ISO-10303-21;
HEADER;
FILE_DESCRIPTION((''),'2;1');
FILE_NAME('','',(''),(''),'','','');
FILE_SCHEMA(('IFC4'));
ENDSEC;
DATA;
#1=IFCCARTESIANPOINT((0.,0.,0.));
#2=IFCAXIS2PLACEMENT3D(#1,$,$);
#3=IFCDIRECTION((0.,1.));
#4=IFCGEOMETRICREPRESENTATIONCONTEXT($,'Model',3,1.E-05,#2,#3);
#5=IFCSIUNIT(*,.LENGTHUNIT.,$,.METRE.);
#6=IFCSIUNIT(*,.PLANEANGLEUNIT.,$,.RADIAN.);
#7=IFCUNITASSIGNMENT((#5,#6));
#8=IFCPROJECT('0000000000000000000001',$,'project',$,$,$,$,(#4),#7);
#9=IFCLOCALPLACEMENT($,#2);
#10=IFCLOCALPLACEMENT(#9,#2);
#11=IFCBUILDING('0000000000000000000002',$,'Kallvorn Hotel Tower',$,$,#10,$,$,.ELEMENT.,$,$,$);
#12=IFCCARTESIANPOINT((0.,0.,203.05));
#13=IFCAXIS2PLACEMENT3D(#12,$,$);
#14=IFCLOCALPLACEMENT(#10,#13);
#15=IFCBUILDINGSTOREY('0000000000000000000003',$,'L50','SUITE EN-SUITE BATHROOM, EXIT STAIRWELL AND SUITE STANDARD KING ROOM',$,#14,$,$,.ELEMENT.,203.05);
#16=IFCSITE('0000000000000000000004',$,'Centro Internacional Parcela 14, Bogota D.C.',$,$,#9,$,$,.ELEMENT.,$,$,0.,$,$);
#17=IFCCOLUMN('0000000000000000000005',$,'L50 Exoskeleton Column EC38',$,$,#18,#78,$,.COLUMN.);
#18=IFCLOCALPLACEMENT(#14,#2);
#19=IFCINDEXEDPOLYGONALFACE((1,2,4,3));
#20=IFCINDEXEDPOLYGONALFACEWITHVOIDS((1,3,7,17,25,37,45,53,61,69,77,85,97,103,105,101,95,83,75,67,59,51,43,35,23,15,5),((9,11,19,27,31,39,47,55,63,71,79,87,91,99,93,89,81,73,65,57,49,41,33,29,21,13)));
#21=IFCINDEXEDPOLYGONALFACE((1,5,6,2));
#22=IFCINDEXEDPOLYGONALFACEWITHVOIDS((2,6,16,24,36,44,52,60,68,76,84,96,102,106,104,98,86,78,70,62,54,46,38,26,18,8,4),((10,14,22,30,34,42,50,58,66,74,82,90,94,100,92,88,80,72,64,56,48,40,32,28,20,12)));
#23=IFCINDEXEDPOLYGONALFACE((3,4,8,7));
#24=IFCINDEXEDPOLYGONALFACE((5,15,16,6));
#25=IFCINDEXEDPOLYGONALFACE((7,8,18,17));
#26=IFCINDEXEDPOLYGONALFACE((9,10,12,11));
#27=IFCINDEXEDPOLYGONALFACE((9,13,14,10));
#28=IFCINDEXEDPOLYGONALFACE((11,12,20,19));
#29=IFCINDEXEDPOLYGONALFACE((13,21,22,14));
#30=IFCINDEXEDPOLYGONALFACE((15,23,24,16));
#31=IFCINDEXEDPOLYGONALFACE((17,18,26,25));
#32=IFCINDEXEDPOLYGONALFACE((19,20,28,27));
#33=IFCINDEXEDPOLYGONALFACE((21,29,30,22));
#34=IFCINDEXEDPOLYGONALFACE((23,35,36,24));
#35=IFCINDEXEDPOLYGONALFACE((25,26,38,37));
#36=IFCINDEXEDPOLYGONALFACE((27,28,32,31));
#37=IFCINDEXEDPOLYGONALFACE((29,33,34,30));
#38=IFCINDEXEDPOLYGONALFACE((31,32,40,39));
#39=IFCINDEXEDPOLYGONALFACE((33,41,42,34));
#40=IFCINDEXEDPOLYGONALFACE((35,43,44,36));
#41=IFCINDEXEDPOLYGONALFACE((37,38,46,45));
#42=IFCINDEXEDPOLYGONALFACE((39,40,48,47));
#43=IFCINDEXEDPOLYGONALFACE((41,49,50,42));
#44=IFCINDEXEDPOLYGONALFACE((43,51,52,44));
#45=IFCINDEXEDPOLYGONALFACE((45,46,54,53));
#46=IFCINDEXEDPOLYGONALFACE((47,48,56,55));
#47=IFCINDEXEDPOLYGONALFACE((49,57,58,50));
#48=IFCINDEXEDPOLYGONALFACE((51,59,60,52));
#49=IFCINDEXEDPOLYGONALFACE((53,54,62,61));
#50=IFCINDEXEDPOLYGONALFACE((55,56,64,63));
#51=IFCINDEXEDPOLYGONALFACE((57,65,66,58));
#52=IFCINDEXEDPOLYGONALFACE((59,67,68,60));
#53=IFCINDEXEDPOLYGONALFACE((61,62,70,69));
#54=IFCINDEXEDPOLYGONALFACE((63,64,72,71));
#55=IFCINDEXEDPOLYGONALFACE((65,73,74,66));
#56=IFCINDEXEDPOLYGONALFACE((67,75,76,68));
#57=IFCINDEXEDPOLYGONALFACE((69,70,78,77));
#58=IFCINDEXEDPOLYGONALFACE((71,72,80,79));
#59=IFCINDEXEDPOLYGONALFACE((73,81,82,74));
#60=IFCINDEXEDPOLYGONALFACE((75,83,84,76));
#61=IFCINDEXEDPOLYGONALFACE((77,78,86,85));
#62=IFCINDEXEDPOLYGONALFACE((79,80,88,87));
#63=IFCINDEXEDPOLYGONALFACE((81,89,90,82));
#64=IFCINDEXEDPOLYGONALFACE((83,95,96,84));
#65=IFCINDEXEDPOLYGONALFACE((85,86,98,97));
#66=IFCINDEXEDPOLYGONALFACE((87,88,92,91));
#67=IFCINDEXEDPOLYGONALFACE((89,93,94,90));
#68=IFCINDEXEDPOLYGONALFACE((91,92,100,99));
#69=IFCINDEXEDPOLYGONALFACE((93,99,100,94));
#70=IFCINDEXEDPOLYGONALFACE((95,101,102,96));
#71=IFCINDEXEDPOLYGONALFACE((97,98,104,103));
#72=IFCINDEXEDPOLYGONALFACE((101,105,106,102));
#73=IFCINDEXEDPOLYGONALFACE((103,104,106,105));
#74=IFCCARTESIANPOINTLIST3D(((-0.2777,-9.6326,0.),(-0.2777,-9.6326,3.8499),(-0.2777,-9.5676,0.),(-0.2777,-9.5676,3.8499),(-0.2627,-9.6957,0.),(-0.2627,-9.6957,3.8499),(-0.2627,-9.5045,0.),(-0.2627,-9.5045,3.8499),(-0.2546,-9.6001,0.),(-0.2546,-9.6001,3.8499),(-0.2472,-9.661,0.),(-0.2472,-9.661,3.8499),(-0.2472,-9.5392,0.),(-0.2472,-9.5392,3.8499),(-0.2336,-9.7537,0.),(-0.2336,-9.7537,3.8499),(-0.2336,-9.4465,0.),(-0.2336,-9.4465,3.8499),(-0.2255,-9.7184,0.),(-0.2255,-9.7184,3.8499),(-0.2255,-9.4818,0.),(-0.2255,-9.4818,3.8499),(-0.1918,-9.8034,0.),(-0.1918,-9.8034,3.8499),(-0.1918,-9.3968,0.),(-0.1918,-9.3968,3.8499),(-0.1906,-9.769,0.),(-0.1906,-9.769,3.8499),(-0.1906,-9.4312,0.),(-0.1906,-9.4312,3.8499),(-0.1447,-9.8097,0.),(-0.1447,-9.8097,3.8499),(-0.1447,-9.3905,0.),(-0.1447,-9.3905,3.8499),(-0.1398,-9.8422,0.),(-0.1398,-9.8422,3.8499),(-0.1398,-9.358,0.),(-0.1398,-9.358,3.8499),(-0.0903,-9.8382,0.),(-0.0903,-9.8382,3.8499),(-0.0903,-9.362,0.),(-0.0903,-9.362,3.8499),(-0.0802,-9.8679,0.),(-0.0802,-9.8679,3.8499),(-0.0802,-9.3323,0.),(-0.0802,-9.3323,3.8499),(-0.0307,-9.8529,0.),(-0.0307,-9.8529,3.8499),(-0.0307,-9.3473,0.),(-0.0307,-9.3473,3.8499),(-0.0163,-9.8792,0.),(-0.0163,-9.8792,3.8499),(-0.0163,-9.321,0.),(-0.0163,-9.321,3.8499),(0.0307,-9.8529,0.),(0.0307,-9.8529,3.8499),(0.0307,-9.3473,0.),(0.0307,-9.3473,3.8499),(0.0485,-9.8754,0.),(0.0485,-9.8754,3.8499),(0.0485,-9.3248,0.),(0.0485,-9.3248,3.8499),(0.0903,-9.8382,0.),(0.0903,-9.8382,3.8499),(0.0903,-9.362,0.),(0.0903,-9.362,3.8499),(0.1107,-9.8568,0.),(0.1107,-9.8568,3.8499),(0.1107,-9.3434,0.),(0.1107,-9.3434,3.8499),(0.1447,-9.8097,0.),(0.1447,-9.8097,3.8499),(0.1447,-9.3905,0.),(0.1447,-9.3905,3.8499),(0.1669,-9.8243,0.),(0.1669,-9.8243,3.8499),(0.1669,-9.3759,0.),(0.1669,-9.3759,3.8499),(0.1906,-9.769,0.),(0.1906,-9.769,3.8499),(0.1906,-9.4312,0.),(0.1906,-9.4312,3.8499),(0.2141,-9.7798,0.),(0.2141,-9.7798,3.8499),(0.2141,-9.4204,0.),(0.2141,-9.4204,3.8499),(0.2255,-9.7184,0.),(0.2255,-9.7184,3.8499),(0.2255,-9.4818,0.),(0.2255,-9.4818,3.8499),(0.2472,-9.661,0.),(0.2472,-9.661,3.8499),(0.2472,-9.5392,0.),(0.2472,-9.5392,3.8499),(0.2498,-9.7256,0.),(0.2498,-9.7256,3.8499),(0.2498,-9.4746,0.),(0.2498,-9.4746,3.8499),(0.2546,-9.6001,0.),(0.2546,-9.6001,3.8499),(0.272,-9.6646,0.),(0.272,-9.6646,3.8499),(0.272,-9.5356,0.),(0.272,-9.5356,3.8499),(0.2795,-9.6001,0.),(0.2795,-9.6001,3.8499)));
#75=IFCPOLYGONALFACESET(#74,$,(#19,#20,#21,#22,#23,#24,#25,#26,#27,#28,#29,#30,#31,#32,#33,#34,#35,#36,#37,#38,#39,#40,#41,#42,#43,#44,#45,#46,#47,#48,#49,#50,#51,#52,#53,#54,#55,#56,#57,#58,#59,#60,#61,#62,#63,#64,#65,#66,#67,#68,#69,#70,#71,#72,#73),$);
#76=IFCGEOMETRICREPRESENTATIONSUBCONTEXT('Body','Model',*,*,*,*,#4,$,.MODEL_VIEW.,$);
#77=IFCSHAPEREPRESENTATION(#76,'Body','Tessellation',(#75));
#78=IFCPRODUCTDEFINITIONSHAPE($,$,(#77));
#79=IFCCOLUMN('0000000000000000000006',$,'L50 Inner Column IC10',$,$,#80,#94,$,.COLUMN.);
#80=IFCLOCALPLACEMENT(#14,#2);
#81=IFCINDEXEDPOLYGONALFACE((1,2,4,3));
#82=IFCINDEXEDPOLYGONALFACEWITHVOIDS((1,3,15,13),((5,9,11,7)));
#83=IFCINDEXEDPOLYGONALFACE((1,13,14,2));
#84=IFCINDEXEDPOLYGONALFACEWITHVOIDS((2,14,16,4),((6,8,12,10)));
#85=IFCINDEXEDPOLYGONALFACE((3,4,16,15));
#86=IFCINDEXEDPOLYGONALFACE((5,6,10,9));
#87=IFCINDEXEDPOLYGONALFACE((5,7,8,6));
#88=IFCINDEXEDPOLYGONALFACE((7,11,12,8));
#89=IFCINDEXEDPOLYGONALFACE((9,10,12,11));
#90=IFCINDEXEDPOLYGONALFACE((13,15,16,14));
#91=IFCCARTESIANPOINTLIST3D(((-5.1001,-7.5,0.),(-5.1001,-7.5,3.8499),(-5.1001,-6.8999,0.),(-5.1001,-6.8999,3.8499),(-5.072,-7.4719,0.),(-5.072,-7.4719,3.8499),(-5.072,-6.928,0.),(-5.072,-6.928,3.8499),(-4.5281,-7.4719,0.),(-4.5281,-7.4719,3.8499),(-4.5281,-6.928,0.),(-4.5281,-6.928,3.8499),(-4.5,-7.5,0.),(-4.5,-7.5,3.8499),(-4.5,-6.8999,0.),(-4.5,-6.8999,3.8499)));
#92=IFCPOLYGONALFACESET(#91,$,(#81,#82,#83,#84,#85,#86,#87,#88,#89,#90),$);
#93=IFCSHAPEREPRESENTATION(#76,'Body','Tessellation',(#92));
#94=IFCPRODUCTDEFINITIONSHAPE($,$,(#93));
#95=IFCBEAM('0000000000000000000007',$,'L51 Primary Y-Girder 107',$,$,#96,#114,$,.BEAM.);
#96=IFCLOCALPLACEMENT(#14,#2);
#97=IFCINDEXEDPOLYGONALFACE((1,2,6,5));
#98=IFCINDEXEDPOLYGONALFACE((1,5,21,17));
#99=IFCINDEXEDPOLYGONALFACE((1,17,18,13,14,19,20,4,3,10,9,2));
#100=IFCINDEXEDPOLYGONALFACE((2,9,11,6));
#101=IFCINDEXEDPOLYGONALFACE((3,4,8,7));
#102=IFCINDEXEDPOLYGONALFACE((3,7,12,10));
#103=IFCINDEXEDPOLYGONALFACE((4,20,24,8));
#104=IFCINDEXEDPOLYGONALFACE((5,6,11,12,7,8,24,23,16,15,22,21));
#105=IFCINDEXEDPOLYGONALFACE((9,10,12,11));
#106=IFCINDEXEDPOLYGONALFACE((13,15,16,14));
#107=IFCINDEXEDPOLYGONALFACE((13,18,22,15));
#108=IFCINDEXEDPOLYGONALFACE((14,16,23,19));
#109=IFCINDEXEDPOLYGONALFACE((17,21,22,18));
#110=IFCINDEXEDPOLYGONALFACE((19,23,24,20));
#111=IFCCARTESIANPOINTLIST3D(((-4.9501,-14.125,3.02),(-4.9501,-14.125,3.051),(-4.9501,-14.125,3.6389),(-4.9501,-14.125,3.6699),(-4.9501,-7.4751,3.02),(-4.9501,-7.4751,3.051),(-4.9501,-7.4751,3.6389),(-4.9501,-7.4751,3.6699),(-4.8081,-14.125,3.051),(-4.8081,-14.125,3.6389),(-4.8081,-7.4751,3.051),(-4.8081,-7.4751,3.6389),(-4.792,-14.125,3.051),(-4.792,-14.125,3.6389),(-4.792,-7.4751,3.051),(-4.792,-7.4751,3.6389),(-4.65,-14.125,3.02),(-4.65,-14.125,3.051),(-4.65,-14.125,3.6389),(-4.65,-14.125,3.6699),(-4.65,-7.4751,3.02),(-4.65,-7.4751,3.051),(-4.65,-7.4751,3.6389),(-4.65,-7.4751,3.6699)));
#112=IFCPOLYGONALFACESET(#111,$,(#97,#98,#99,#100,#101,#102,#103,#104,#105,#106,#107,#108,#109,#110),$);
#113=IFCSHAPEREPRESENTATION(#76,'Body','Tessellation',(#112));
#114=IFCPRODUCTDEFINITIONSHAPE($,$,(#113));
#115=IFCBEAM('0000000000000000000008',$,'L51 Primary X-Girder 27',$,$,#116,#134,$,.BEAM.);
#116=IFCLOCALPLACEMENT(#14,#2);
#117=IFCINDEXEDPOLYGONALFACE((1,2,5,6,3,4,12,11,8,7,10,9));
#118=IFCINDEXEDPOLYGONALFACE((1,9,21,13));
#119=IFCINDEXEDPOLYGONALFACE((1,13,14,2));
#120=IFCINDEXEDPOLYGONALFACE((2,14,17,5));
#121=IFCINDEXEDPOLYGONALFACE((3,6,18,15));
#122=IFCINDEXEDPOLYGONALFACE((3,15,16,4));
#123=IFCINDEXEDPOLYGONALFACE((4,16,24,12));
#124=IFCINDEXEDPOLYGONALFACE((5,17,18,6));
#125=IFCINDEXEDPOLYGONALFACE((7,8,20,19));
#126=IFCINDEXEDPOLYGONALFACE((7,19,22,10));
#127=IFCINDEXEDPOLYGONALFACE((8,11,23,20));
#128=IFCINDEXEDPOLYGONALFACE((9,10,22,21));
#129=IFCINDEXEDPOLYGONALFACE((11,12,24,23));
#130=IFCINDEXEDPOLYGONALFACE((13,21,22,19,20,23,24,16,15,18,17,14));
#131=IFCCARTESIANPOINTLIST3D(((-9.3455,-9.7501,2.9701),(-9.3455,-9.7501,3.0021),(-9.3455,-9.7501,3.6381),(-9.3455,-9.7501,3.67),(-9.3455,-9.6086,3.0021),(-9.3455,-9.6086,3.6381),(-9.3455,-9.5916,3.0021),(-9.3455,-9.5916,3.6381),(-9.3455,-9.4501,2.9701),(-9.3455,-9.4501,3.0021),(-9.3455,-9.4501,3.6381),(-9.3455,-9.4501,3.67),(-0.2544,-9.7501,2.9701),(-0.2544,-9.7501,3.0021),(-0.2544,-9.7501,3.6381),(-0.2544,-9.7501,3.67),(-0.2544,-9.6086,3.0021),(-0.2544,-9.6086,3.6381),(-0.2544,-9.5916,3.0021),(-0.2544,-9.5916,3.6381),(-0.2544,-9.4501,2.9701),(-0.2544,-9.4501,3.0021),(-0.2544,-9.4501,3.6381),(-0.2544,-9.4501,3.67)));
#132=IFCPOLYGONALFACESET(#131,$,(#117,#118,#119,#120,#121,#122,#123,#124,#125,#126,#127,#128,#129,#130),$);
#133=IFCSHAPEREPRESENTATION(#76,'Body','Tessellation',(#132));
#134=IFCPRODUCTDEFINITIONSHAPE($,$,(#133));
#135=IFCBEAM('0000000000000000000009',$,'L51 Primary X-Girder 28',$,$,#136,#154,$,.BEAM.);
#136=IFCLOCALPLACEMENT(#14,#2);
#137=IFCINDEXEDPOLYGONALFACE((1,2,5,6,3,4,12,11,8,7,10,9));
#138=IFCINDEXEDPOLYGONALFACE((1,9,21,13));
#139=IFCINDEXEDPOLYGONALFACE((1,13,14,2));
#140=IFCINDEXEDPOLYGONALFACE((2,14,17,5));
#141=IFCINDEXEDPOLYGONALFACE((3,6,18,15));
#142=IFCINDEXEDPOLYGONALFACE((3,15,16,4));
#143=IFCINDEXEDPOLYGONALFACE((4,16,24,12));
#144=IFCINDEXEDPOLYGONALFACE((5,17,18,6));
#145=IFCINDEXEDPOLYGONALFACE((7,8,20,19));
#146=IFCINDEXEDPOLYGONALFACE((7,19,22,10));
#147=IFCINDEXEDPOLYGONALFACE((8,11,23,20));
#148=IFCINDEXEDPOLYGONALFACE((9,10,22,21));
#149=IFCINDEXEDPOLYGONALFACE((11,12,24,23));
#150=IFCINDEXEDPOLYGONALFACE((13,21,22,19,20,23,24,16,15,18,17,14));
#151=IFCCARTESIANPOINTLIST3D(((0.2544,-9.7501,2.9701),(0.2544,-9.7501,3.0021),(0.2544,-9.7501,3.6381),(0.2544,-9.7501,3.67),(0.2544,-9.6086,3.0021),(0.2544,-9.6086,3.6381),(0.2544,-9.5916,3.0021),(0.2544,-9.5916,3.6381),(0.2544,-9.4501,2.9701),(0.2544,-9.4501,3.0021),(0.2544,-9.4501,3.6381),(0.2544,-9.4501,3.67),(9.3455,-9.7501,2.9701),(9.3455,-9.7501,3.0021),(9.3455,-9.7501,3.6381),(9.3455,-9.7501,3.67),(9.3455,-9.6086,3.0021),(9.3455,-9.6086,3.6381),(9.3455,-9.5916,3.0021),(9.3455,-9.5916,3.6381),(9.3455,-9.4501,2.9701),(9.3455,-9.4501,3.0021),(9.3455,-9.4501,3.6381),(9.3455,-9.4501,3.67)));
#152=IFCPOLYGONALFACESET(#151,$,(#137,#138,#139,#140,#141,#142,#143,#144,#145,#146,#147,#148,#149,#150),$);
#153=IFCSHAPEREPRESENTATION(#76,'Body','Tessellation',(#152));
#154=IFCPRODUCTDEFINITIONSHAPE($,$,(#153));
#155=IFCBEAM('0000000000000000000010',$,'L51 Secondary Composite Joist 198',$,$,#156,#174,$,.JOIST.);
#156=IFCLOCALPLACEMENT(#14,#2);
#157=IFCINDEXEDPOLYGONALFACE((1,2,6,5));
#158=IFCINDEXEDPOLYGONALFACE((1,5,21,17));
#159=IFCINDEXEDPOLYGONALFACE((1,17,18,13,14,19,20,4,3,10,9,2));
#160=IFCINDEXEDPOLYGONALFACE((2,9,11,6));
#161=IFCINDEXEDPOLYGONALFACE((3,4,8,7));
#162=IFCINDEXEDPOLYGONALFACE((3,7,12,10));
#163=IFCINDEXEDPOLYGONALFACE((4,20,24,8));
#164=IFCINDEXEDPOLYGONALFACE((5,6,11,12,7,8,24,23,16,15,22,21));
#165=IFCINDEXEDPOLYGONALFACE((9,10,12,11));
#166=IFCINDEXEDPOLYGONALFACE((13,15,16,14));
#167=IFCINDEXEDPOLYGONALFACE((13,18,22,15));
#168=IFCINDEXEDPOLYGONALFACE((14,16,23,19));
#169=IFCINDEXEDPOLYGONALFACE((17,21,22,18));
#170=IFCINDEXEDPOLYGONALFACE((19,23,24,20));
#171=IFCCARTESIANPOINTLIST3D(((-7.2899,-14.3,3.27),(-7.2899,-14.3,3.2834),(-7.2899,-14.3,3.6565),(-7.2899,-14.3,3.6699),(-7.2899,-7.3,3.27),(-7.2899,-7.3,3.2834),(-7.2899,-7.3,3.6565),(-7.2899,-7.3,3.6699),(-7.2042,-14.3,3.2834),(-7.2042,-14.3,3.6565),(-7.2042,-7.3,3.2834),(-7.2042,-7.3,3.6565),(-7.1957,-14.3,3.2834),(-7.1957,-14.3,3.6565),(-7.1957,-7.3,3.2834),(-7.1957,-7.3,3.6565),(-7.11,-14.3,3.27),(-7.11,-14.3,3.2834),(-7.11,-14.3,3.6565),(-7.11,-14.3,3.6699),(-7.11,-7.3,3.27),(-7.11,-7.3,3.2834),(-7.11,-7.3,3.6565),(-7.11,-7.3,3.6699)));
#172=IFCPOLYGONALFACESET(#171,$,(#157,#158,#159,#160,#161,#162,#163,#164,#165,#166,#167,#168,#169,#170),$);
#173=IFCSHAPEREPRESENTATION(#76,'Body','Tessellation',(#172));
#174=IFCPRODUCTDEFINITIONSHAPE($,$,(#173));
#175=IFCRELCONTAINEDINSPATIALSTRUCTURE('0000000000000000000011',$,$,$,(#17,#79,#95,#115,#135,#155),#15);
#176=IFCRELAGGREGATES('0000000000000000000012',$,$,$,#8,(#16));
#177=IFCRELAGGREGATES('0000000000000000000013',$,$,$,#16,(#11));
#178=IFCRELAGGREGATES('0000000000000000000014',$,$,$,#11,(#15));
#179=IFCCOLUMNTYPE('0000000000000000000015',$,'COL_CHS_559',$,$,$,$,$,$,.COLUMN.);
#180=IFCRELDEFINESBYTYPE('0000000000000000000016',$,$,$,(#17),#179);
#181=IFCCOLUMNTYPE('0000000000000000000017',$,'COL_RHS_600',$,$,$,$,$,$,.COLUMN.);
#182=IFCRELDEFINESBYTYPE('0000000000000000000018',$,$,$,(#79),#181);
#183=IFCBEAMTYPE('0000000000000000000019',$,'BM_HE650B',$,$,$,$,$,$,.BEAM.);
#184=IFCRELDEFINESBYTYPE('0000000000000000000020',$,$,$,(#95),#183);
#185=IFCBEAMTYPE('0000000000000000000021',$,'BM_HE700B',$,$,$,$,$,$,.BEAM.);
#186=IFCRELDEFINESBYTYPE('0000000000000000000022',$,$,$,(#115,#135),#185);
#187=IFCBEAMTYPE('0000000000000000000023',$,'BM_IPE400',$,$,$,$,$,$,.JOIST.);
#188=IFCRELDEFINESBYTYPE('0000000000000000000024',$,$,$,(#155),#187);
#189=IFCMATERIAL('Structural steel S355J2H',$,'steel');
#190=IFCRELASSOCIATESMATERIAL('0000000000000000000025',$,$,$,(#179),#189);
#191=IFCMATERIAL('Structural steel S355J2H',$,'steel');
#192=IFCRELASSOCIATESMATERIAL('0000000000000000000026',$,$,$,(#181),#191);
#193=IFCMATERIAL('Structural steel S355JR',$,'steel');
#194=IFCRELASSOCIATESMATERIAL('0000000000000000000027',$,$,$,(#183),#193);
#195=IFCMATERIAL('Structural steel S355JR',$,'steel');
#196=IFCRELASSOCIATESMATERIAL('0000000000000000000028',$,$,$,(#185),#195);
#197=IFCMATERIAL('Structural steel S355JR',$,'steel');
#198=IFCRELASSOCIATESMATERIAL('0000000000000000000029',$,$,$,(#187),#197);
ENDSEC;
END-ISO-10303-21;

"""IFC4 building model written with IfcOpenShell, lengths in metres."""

from ifc_helpers import new_model, si_unit, direction, frame, origin, origin_2d, place, context, subcontext, project, spatial, hollow_rectangle, hollow_circle, i_section, extrude, material, material_profile, profile_set, type_object, element, save


model = new_model("IFC4")

# Units and contexts
model_context = context("Model", 3, precision=1e-05, world=origin(), true_north=direction((0.0, 1.0)))
body_context = subcontext(model_context, "Body", "Model", "MODEL_VIEW")
ifc_project = project(units=[si_unit("LENGTHUNIT", "METRE"), si_unit("PLANEANGLEUNIT", "RADIAN")], contexts=[model_context])

# Site, building, storey
site_placement = place(None, origin())
site = spatial("IfcSite", under=ifc_project, at=site_placement, Name="Centro Internacional Parcela 14, Bogota D.C.", CompositionType="ELEMENT", RefElevation=0.0)
building_placement = place(site_placement, origin())
building = spatial("IfcBuilding", under=site, at=building_placement, Name="Kallvorn Hotel Tower", CompositionType="ELEMENT")
storey_placement = place(building_placement, frame((0.0, 0.0, 203.05)))
storey = spatial("IfcBuildingStorey", under=building, at=storey_placement, Name="L50", Description="SUITE EN-SUITE BATHROOM, EXIT STAIRWELL AND SUITE STANDARD KING ROOM", CompositionType="ELEMENT", Elevation=203.05)

# Columns
ifc_material_1 = material(Name="Structural steel S355J2H", Category="steel")
ifc_material_profile_1 = material_profile(ifc_material_1, hollow_circle(Radius=0.2795, WallThickness=0.0249, at=origin_2d()), Name="CHS 559x25")
ifc_profile_set_1 = profile_set([ifc_material_profile_1], Name="Structural steel S355J2H")
column_type_1 = type_object("IfcColumnType", Name="COL_CHS_559", PredefinedType="COLUMN", material=ifc_profile_set_1)
column_1_placement = place(storey_placement, frame((0.0, -9.6001, 0.0), z_axis=(0.0, 0.0, 1.0), x_axis=(1.0, 0.0, 0.0)))
element("IfcColumn", 1, at=column_1_placement, inside=storey, type_object=column_type_1, Name="L50 Exoskeleton Column EC38", PredefinedType="COLUMN", context=body_context, shape_type="SweptSolid", body=[
    extrude(hollow_circle(Radius=0.2795, WallThickness=0.0249, at=origin_2d()), origin(), (0.0, 0.0, 1.0), 3.8499),
])
ifc_material_2 = material(Name="Structural steel S355J2H", Category="steel")
ifc_material_profile_2 = material_profile(ifc_material_2, hollow_rectangle(XDim=0.6001, YDim=0.6001, WallThickness=0.0281, at=origin_2d()), Name="RHS 600x600x28")
ifc_profile_set_2 = profile_set([ifc_material_profile_2], Name="Structural steel S355J2H")
column_type_2 = type_object("IfcColumnType", Name="COL_RHS_600", PredefinedType="COLUMN", material=ifc_profile_set_2)
column_2_placement = place(storey_placement, frame((-4.8, -7.2, 0.0), z_axis=(0.0, 0.0, 1.0), x_axis=(1.0, 0.0, 0.0)))
element("IfcColumn", 2, at=column_2_placement, inside=storey, type_object=column_type_2, Name="L50 Inner Column IC10", PredefinedType="COLUMN", context=body_context, shape_type="SweptSolid", body=[
    extrude(hollow_rectangle(XDim=0.6001, YDim=0.6001, WallThickness=0.0281, at=origin_2d()), origin(), (0.0, 0.0, 1.0), 3.8499),
])

# Beams
ifc_material_3 = material(Name="Structural steel S355JR", Category="steel")
ifc_material_profile_3 = material_profile(ifc_material_3, i_section(OverallWidth=0.3, OverallDepth=0.6499, WebThickness=0.0161, FlangeThickness=0.031, at=origin_2d()), Name="HE 650 B")
ifc_profile_set_3 = profile_set([ifc_material_profile_3], Name="Structural steel S355JR")
beam_type_1 = type_object("IfcBeamType", Name="BM_HE650B", PredefinedType="BEAM", material=ifc_profile_set_3)
beam_1_placement = place(storey_placement, frame((-4.8, -14.125, 3.345), z_axis=(0.0, 1.0, 0.0), x_axis=(-1.0, 0.0, 0.0)))
element("IfcBeam", 3, at=beam_1_placement, inside=storey, type_object=beam_type_1, Name="L51 Primary Y-Girder 107", PredefinedType="BEAM", context=body_context, shape_type="SweptSolid", body=[
    extrude(i_section(OverallWidth=0.3, OverallDepth=0.6499, WebThickness=0.0161, FlangeThickness=0.031, at=origin_2d()), origin(), (0.0, 0.0, 1.0), 6.6499),
])
ifc_material_4 = material(Name="Structural steel S355JR", Category="steel")
ifc_material_profile_4 = material_profile(ifc_material_4, i_section(OverallWidth=0.3, OverallDepth=0.7, WebThickness=0.0171, FlangeThickness=0.032, at=origin_2d()), Name="HE 700 B")
ifc_profile_set_4 = profile_set([ifc_material_profile_4], Name="Structural steel S355JR")
beam_type_2 = type_object("IfcBeamType", Name="BM_HE700B", PredefinedType="BEAM", material=ifc_profile_set_4)
for number, where, z_axis, x_axis, name in (
    (4, (-9.3455, -9.6001, 3.3201), (1.0, 0.0, 0.0), (0.0, 1.0, 0.0), "L51 Primary X-Girder 27"),
    (5, (0.2544, -9.6001, 3.3201), (1.0, 0.0, 0.0), (0.0, 1.0, 0.0), "L51 Primary X-Girder 28"),
):
    element("IfcBeam", number, at=place(storey_placement, frame(where, z_axis=z_axis, x_axis=x_axis)), inside=storey, type_object=beam_type_2, Name=name, PredefinedType="BEAM", context=body_context, shape_type="SweptSolid", body=[
        extrude(i_section(OverallWidth=0.3, OverallDepth=0.7, WebThickness=0.0171, FlangeThickness=0.032, at=origin_2d()), origin(), (0.0, 0.0, 1.0), 9.0911),
    ])
ifc_material_5 = material(Name="Structural steel S355JR", Category="steel")
ifc_material_profile_5 = material_profile(ifc_material_5, i_section(OverallWidth=0.1799, OverallDepth=0.3999, WebThickness=0.0085, FlangeThickness=0.0134, at=origin_2d()), Name="IPE 400")
ifc_profile_set_5 = profile_set([ifc_material_profile_5], Name="Structural steel S355JR")
beam_type_3 = type_object("IfcBeamType", Name="BM_IPE400", PredefinedType="JOIST", material=ifc_profile_set_5)
for number, where, z_axis, x_axis, name in (
    (6, (-7.2, -14.3, 3.47), (0.0, 1.0, 0.0), (-1.0, 0.0, 0.0), "L51 Secondary Composite Joist 198"),
):
    element("IfcBeam", number, at=place(storey_placement, frame(where, z_axis=z_axis, x_axis=x_axis)), inside=storey, type_object=beam_type_3, Name=name, PredefinedType="JOIST", context=body_context, shape_type="SweptSolid", body=[
        extrude(i_section(OverallWidth=0.1799, OverallDepth=0.3999, WebThickness=0.0085, FlangeThickness=0.0134, at=origin_2d()), origin(), (0.0, 0.0, 1.0), 7.0),
    ])

save(model, "model.ifc")
